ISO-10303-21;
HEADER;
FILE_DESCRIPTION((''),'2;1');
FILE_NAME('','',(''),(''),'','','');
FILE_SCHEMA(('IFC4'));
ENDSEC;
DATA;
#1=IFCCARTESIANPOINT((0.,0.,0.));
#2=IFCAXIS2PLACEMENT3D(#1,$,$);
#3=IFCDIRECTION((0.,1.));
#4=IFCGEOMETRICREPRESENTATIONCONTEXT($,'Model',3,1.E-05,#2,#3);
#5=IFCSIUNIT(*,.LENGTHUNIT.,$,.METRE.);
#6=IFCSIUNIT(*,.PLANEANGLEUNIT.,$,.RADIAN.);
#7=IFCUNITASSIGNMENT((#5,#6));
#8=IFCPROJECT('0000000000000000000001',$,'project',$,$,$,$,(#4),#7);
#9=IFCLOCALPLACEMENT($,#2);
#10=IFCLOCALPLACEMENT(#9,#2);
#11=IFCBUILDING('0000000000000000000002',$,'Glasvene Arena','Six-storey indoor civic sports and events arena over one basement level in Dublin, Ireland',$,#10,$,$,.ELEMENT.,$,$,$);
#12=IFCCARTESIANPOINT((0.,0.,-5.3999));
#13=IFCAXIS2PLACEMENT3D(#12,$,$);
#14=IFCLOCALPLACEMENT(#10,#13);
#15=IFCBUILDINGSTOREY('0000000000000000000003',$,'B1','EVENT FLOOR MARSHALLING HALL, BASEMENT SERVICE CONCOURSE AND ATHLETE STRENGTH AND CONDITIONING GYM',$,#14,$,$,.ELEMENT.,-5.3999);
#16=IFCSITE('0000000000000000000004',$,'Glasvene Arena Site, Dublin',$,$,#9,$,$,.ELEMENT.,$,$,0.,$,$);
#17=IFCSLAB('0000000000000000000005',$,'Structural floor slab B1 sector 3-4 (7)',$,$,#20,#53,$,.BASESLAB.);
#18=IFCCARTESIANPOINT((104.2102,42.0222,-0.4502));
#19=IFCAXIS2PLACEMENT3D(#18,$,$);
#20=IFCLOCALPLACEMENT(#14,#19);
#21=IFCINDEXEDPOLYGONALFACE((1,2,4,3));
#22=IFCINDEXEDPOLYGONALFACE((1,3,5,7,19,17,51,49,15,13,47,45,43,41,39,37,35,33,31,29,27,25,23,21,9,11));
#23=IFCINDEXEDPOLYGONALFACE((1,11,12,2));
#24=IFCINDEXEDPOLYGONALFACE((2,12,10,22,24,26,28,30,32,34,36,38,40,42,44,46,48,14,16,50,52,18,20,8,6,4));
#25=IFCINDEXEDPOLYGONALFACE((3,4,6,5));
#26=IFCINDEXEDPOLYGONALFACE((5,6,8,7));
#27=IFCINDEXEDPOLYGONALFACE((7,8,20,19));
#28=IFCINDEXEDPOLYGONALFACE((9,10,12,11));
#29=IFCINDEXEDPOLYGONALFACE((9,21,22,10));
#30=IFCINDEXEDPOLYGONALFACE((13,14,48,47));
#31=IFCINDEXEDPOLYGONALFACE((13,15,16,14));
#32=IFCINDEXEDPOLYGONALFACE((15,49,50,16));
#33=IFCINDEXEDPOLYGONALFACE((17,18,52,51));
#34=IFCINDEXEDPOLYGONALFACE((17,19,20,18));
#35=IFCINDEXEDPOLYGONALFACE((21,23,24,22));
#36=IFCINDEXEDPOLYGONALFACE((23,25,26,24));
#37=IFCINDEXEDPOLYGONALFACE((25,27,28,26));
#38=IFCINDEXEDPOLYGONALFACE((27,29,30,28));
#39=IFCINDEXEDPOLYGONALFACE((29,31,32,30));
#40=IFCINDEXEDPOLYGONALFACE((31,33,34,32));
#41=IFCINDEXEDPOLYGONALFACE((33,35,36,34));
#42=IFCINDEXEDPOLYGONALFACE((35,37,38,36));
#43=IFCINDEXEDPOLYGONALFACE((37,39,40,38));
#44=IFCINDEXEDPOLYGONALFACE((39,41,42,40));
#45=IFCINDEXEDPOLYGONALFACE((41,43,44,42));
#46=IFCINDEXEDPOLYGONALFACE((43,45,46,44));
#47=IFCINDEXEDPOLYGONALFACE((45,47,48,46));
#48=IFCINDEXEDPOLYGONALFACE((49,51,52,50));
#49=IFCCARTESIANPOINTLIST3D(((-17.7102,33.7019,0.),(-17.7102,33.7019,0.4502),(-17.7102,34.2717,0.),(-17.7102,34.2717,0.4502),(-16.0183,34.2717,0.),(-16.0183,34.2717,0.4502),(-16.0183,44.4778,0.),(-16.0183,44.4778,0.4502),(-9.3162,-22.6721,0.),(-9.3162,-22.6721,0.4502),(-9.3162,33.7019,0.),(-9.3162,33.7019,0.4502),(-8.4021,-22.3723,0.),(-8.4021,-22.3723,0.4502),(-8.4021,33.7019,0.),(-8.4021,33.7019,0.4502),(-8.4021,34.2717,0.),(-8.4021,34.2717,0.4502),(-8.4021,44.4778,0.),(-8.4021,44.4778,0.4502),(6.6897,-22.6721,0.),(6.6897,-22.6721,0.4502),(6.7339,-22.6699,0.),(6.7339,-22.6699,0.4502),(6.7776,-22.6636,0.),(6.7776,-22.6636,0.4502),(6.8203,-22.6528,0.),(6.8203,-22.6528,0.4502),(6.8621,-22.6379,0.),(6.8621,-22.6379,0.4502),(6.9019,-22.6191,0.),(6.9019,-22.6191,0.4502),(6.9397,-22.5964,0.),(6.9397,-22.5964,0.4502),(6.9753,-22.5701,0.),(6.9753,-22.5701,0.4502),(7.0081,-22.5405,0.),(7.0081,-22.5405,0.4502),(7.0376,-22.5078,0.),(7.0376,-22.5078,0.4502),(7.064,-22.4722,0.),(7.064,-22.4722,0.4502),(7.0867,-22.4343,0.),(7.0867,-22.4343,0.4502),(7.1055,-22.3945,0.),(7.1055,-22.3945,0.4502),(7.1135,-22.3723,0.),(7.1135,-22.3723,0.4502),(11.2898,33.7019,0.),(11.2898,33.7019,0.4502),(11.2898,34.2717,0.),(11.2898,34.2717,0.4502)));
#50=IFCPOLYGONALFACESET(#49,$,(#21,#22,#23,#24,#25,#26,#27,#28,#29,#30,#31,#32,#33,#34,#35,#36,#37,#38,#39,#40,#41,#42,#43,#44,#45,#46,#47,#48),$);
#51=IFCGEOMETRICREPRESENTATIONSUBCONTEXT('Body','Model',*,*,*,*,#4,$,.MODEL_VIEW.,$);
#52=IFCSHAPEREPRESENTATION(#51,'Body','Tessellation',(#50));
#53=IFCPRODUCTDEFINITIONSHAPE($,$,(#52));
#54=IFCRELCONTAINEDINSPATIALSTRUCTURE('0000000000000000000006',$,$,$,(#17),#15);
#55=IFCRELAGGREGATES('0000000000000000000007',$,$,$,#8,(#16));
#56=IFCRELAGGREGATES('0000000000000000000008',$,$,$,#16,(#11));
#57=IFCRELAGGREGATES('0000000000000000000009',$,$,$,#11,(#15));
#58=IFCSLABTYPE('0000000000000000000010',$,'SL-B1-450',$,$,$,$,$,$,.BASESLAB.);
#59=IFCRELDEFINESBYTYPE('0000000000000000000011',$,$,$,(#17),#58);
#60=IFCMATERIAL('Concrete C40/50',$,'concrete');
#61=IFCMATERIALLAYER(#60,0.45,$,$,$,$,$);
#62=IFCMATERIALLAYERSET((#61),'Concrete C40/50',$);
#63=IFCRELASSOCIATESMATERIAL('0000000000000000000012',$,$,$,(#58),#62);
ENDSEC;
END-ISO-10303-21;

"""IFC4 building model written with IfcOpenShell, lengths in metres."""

from ifc_helpers import new_model, si_unit, direction, frame, origin, place, context, subcontext, project, spatial, polyline, outline, extrude, material, layer, layer_set, type_object, element, save


model = new_model("IFC4")

# Units and contexts
model_context = context("Model", 3, precision=1e-05, world=origin(), true_north=direction((0.0, 1.0)))
body_context = subcontext(model_context, "Body", "Model", "MODEL_VIEW")
ifc_project = project(units=[si_unit("LENGTHUNIT", "METRE"), si_unit("PLANEANGLEUNIT", "RADIAN")], contexts=[model_context])

# Site, building, storey
site_placement = place(None, origin())
site = spatial("IfcSite", under=ifc_project, at=site_placement, Name="Glasvene Arena Site, Dublin", CompositionType="ELEMENT", RefElevation=0.0)
building_placement = place(site_placement, origin())
building = spatial("IfcBuilding", under=site, at=building_placement, Name="Glasvene Arena", Description="Six-storey indoor civic sports and events arena over one basement level in Dublin, Ireland", CompositionType="ELEMENT")
storey_placement = place(building_placement, frame((0.0, 0.0, -5.3999)))
storey = spatial("IfcBuildingStorey", under=building, at=storey_placement, Name="B1", Description="EVENT FLOOR MARSHALLING HALL, BASEMENT SERVICE CONCOURSE AND ATHLETE STRENGTH AND CONDITIONING GYM", CompositionType="ELEMENT", Elevation=-5.3999)

# Shared definitions
ifc_material_1 = material(Name="Concrete C40/50", Category="concrete")

# Slab
ifc_layer = layer(ifc_material_1, 0.45)
ifc_layer_set = layer_set([ifc_layer], Name="Concrete C40/50")
slab_type = type_object("IfcSlabType", Name="SL-B1-450", PredefinedType="BASESLAB", material=ifc_layer_set)
slab_placement = place(storey_placement, frame((104.2102, 42.0222, -0.4502)))
element("IfcSlab", 1, at=slab_placement, inside=storey, type_object=slab_type, Name="Structural floor slab B1 sector 3-4 (7)", PredefinedType="BASESLAB", context=body_context, shape_type="SweptSolid", body=[
    extrude(outline(polyline([(7.1055, -22.3945), (7.0867, -22.4343), (7.064, -22.4722), (7.0376, -22.5078), (7.0081, -22.5405), (6.9753, -22.5701), (6.9397, -22.5964), (6.9019, -22.6191), (6.8621, -22.6379), (6.8203, -22.6528), (6.7776, -22.6636), (6.7339, -22.6699), (6.6897, -22.6721), (-9.3162, -22.6721), (-9.3162, 33.7019), (-17.7102, 33.7019), (-17.7102, 34.2717), (-16.0183, 34.2717), (-16.0183, 44.4778), (-8.4021, 44.4778), (-8.4021, 34.2717), (11.2898, 34.2717), (11.2898, 33.7019), (-8.4021, 33.7019), (-8.4021, -22.3723), (7.1135, -22.3723), (7.1055, -22.3945)])), origin(), (0.0, 0.0, 1.0), 0.4502),
])

save(model, "model.ifc")
